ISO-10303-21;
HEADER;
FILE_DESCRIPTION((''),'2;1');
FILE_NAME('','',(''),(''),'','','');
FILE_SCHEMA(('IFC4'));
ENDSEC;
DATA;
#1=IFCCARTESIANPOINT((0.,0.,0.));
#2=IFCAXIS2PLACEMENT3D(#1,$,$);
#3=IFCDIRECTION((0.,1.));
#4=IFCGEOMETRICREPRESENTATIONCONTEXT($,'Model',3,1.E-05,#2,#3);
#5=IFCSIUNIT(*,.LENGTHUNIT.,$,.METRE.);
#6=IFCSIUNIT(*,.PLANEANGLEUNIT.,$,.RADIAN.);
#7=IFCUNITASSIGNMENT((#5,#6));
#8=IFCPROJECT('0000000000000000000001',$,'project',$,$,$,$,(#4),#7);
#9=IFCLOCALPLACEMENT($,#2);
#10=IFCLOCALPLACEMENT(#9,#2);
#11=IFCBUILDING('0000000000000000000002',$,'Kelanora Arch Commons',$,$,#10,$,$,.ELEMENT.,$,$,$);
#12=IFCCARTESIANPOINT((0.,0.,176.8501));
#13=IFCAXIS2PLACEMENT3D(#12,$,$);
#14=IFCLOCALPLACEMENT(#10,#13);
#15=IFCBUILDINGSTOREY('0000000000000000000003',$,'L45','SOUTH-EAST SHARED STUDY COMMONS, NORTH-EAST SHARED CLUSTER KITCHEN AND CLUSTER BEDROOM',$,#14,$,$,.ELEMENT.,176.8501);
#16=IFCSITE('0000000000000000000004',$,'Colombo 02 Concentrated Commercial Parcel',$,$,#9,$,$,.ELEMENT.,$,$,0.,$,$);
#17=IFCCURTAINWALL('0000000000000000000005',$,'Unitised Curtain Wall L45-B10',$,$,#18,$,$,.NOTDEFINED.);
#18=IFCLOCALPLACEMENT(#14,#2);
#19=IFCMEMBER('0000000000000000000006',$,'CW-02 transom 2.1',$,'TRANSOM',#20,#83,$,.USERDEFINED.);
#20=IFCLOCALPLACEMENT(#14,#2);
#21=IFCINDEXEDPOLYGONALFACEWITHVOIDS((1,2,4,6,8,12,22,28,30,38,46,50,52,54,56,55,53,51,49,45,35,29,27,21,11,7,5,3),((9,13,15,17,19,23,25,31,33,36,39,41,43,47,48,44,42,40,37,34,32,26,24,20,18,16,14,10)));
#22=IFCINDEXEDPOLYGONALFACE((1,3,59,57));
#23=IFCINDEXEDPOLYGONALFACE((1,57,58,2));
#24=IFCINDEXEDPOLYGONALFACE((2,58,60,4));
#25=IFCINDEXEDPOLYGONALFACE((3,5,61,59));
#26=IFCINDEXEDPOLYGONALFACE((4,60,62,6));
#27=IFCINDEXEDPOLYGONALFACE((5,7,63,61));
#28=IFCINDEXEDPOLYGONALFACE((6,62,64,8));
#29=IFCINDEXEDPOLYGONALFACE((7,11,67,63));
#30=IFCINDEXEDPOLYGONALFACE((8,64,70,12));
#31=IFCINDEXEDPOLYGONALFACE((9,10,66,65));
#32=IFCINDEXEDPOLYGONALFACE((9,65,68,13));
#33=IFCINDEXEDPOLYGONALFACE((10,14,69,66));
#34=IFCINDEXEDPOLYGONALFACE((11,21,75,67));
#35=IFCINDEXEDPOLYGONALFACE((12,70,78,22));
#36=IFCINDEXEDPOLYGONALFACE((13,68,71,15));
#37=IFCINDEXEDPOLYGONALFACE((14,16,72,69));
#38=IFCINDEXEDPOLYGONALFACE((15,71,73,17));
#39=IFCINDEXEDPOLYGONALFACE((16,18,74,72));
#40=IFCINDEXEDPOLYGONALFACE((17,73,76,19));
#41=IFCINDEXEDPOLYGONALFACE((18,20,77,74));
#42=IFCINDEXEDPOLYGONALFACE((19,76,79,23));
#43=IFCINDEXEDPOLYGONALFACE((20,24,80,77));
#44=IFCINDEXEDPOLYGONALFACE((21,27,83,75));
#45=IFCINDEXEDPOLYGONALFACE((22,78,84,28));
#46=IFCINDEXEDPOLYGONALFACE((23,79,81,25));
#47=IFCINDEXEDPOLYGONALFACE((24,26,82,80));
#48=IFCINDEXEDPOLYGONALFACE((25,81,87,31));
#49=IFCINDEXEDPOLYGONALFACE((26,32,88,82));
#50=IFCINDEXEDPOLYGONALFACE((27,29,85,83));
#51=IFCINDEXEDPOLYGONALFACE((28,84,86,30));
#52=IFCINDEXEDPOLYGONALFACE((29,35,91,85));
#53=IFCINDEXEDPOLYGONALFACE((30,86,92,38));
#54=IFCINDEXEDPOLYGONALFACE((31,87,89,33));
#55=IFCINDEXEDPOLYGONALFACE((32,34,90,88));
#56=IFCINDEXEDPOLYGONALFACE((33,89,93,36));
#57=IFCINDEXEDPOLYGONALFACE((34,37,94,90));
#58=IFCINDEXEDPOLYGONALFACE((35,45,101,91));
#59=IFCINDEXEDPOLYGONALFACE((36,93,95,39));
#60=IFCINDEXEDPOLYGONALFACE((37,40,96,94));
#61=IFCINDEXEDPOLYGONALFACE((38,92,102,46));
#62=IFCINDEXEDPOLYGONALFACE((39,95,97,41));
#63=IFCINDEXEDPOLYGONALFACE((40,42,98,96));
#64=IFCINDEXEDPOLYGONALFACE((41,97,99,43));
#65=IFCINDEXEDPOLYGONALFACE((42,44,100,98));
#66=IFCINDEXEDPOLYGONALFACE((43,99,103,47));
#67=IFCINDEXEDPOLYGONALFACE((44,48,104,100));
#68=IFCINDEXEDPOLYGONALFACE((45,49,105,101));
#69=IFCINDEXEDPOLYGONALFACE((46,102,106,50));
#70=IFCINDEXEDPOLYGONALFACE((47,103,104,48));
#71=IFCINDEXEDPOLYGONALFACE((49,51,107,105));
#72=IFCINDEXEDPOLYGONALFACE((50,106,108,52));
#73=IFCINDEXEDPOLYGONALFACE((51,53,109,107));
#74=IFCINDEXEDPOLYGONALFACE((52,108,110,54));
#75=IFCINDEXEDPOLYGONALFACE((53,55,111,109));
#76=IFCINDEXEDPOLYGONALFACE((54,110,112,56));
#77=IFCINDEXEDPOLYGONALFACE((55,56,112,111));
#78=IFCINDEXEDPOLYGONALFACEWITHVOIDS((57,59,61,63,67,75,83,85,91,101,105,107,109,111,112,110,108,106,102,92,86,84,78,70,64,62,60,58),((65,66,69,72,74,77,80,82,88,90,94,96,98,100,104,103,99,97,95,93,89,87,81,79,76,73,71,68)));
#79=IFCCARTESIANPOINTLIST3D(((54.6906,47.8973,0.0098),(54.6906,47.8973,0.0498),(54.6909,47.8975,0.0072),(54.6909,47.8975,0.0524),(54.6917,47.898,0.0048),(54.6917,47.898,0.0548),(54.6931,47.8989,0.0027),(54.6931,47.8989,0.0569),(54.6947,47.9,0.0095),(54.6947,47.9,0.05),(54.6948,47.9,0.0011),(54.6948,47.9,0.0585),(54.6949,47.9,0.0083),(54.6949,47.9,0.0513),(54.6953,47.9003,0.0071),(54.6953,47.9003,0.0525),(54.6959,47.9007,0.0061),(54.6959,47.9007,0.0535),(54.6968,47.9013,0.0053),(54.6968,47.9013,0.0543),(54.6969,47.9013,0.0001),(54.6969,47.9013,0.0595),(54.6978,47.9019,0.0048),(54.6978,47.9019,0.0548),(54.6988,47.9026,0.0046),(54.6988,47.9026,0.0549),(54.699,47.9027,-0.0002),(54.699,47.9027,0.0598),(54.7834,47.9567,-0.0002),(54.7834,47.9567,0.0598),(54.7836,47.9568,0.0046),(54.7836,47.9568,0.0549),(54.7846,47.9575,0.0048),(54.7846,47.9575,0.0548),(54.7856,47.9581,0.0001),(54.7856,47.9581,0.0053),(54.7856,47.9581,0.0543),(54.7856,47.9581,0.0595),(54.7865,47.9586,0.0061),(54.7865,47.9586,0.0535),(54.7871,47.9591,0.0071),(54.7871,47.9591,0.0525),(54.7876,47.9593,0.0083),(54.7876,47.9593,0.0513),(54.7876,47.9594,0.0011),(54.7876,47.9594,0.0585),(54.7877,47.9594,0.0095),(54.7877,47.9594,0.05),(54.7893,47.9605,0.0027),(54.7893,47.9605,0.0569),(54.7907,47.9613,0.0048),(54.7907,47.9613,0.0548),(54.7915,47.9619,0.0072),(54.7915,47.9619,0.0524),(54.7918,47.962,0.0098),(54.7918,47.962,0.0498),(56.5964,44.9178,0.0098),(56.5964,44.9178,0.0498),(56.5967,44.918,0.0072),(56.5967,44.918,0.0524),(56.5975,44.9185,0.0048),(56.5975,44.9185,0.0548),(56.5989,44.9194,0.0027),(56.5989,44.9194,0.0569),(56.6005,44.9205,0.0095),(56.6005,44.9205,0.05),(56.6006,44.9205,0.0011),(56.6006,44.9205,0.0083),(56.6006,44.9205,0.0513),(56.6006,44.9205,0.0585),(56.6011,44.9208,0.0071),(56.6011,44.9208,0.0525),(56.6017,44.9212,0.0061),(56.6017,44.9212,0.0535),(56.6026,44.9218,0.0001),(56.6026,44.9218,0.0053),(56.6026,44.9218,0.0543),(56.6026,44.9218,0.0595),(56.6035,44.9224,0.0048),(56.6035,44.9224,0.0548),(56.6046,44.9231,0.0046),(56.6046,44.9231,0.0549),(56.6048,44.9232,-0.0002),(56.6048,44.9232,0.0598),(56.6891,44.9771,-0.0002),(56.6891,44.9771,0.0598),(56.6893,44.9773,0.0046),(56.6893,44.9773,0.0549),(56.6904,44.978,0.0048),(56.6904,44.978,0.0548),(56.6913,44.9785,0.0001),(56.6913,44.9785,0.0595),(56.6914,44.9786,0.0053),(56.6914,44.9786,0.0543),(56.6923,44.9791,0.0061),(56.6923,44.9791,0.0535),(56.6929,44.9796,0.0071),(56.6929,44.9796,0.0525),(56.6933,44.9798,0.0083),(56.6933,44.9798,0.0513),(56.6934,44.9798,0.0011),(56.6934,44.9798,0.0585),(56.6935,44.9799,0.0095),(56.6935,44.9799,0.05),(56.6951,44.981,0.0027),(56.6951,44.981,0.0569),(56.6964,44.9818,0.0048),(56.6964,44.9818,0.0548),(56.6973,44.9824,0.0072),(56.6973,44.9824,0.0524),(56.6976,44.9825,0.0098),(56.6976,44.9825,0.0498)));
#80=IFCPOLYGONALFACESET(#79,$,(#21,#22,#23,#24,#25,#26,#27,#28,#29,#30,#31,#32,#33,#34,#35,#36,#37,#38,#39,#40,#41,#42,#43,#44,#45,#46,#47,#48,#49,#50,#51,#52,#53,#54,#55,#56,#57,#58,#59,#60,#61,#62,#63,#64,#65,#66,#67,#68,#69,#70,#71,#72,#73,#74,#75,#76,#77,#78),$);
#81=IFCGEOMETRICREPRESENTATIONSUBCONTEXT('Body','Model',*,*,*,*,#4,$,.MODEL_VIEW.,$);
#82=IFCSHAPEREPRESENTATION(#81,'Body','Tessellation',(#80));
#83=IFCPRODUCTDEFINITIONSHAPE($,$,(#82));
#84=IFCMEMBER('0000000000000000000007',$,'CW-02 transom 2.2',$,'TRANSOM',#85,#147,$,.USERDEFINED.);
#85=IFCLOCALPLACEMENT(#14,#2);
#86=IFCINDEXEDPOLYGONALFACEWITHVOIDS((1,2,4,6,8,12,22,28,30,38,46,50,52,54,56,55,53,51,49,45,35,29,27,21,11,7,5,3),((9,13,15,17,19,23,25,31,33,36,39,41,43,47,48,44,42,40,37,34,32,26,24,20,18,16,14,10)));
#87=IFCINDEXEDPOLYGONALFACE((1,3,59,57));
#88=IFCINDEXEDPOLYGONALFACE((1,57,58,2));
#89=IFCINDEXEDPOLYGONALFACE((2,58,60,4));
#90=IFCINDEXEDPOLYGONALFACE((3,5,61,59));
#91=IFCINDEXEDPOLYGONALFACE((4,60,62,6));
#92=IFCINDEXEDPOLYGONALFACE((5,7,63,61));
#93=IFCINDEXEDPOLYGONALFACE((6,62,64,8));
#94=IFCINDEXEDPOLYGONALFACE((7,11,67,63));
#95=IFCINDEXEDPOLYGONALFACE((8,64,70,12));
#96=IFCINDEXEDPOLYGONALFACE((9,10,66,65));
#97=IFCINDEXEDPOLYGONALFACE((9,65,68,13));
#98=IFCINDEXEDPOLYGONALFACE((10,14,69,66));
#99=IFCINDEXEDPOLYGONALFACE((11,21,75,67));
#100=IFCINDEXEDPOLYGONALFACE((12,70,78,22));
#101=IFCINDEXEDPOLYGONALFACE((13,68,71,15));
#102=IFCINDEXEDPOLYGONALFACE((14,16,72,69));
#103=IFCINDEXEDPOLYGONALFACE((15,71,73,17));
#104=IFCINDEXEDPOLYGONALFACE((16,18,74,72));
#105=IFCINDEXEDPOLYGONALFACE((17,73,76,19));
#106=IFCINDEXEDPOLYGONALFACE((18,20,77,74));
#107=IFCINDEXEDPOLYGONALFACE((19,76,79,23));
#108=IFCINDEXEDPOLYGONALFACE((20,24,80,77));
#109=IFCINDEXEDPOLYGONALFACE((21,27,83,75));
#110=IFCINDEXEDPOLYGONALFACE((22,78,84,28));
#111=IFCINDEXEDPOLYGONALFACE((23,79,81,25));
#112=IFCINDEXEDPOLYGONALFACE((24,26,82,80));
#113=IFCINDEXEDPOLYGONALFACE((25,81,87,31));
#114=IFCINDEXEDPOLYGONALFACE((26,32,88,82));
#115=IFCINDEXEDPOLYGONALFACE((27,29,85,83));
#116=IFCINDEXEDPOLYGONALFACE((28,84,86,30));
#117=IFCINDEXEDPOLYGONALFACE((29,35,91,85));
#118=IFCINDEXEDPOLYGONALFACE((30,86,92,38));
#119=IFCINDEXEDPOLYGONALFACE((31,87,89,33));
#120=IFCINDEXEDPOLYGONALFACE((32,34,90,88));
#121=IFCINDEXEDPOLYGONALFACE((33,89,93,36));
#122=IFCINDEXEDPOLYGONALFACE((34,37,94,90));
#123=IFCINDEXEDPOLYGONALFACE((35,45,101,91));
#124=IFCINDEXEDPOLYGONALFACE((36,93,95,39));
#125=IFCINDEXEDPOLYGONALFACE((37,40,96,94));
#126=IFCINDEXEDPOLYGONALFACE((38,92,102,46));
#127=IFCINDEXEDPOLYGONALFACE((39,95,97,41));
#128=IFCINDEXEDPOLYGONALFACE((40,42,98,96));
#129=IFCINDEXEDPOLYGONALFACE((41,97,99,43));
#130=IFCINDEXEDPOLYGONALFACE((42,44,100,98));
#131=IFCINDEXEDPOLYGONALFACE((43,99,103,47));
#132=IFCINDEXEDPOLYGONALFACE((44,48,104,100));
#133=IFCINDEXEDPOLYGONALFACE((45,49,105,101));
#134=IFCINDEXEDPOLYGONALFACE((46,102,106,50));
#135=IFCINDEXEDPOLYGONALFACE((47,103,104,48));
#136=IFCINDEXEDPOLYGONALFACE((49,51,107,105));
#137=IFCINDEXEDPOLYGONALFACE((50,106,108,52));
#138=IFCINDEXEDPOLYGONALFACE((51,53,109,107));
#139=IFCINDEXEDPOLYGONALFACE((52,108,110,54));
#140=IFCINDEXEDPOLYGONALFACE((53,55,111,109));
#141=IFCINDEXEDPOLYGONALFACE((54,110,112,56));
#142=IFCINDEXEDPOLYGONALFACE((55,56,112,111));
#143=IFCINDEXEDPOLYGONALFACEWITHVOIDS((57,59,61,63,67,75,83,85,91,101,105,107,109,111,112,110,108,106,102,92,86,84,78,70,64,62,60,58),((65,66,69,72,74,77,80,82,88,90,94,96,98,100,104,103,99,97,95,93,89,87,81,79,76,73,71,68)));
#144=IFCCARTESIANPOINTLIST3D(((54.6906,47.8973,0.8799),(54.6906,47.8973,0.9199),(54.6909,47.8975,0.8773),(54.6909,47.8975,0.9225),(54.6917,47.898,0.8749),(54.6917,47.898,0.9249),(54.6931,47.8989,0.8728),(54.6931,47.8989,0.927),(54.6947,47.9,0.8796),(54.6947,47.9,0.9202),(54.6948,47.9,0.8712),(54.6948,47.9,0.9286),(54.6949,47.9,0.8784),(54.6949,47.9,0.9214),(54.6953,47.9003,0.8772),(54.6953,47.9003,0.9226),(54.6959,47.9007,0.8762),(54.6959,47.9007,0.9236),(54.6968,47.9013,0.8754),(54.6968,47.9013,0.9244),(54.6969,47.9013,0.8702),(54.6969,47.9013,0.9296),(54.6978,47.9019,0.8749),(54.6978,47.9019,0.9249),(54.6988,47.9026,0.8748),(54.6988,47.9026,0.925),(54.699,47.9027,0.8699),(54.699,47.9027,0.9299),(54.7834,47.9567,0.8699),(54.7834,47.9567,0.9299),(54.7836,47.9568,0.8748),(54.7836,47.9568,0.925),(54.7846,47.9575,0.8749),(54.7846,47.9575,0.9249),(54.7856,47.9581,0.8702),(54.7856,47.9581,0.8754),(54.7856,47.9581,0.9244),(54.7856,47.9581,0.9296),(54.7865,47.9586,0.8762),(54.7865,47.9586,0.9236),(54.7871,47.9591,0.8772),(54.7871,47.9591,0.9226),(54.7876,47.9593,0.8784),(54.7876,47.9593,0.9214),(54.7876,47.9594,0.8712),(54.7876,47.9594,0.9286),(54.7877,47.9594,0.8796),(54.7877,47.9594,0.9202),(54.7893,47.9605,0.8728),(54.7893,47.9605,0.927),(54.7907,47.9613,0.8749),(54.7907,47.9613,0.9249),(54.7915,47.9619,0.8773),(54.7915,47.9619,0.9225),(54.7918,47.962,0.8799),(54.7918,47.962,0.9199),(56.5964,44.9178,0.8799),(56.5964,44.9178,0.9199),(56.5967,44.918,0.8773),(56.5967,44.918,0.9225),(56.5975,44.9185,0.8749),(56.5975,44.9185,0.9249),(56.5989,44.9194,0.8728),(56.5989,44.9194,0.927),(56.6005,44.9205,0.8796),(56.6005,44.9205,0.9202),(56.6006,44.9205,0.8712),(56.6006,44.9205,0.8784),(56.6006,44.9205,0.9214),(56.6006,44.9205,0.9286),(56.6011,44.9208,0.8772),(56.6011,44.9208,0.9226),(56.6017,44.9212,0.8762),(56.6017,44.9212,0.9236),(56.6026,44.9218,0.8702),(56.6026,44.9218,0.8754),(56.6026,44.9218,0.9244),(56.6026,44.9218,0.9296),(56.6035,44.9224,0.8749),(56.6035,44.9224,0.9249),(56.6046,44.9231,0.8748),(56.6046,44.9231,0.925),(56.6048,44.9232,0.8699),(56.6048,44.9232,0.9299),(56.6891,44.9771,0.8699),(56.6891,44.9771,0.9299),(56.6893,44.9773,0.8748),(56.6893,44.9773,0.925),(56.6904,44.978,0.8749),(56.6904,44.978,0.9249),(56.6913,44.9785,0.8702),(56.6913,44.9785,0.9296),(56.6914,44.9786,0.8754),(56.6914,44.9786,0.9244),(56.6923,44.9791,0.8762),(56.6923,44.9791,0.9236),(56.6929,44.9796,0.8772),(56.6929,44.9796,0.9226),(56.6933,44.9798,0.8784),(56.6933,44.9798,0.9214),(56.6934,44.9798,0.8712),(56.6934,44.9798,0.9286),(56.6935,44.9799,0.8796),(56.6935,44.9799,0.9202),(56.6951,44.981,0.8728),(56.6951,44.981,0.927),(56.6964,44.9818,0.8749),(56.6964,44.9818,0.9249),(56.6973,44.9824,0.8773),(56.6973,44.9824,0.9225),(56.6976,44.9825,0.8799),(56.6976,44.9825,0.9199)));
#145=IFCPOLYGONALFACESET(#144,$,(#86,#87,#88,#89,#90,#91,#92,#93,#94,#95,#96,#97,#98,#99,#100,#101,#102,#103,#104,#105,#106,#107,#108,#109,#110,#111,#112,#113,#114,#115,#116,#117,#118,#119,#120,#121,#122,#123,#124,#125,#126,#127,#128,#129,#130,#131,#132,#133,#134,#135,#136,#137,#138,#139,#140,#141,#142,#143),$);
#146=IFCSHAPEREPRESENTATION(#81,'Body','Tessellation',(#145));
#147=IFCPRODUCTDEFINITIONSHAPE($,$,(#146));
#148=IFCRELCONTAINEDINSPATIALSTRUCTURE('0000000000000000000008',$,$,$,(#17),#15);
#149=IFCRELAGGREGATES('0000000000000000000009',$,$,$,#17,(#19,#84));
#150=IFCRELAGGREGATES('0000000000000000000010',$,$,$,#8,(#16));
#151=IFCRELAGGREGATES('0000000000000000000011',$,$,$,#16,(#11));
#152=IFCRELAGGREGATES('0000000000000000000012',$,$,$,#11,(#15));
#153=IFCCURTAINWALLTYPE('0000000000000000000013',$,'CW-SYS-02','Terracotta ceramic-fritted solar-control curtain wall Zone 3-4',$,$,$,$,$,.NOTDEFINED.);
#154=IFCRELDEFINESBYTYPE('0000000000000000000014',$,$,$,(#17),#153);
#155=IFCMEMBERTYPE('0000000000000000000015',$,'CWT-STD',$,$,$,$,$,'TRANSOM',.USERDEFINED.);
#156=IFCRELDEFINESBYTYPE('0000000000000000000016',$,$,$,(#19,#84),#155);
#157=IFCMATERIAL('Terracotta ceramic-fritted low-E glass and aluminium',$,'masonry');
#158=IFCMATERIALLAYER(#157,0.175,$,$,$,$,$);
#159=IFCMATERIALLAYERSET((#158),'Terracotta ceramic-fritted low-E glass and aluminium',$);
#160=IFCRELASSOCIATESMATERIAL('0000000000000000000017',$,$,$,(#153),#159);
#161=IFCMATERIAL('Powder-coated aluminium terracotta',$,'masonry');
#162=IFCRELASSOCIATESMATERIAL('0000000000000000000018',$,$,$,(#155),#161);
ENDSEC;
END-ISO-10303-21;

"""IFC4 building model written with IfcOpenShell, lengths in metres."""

from ifc_helpers import new_model, si_unit, direction, frame, origin, origin_2d, place, context, subcontext, project, spatial, hollow_rectangle, extrude, material, layer, layer_set, material_profile, profile_set, type_object, element, aggregate, save


model = new_model("IFC4")

# Units and contexts
model_context = context("Model", 3, precision=1e-05, world=origin(), true_north=direction((0.0, 1.0)))
body_context = subcontext(model_context, "Body", "Model", "MODEL_VIEW")
ifc_project = project(units=[si_unit("LENGTHUNIT", "METRE"), si_unit("PLANEANGLEUNIT", "RADIAN")], contexts=[model_context])

# Site, building, storey
site_placement = place(None, origin())
site = spatial("IfcSite", under=ifc_project, at=site_placement, Name="Colombo 02 Concentrated Commercial Parcel", CompositionType="ELEMENT", RefElevation=0.0)
building_placement = place(site_placement, origin())
building = spatial("IfcBuilding", under=site, at=building_placement, Name="Kelanora Arch Commons", CompositionType="ELEMENT")
storey_placement = place(building_placement, frame((0.0, 0.0, 176.8501)))
storey = spatial("IfcBuildingStorey", under=building, at=storey_placement, Name="L45", Description="SOUTH-EAST SHARED STUDY COMMONS, NORTH-EAST SHARED CLUSTER KITCHEN AND CLUSTER BEDROOM", CompositionType="ELEMENT", Elevation=176.8501)

# Shared definitions
ifc_material_1 = material(Name="Terracotta ceramic-fritted low-E glass and aluminium", Category="masonry")
ifc_layer_1 = layer(ifc_material_1, 0.175)
ifc_layer_set_1 = layer_set([ifc_layer_1], Name="Terracotta ceramic-fritted low-E glass and aluminium")
curtain_wall_type = type_object("IfcCurtainWallType", Name="CW-SYS-02", Description="Terracotta ceramic-fritted solar-control curtain wall Zone 3-4", PredefinedType="NOTDEFINED", material=ifc_layer_set_1)
ifc_material_2 = material(Name="Powder-coated aluminium terracotta", Category="masonry")

# Curtain wall, members
curtain_wall_1_placement = place(storey_placement, origin())
curtain_wall_1 = element("IfcCurtainWall", 1, at=curtain_wall_1_placement, inside=storey, type_object=curtain_wall_type, Name="Unitised Curtain Wall L45-B10", PredefinedType="NOTDEFINED")
ifc_material_profile_1 = material_profile(ifc_material_2, hollow_rectangle(XDim=0.1201, YDim=0.0601, WallThickness=0.0049, InnerFilletRadius=0.0049, OuterFilletRadius=0.01, at=origin_2d()), Name="CWT120x60")
ifc_profile_set_1 = profile_set([ifc_material_profile_1], Name="Powder-coated aluminium terracotta")
member_type_1 = type_object("IfcMemberType", Name="CWT-STD", ElementType="TRANSOM", PredefinedType="USERDEFINED", material=ifc_profile_set_1)
member_1_placement = place(storey_placement, frame((54.7412, 47.9297, 0.0298), z_axis=(0.53883, -0.842414, 0.0), x_axis=(0.842414, 0.53883, 0.0)))
member_1 = element("IfcMember", 2, at=member_1_placement, type_object=member_type_1, Name="CW-02 transom 2.1", ObjectType="TRANSOM", PredefinedType="USERDEFINED", context=body_context, shape_type="SweptSolid", body=[
    extrude(hollow_rectangle(XDim=0.1201, YDim=0.0601, WallThickness=0.0049, InnerFilletRadius=0.0049, OuterFilletRadius=0.01, at=origin_2d()), origin(), (0.0, 0.0, 1.0), 3.5369),
])
member_2_placement = place(storey_placement, frame((54.7412, 47.9297, 0.8999), z_axis=(0.53883, -0.842414, 0.0), x_axis=(0.842414, 0.53883, 0.0)))
member_2 = element("IfcMember", 3, at=member_2_placement, type_object=member_type_1, Name="CW-02 transom 2.2", ObjectType="TRANSOM", PredefinedType="USERDEFINED", context=body_context, shape_type="SweptSolid", body=[
    extrude(hollow_rectangle(XDim=0.1201, YDim=0.0601, WallThickness=0.0049, InnerFilletRadius=0.0049, OuterFilletRadius=0.01, at=origin_2d()), origin(), (0.0, 0.0, 1.0), 3.5369),
])

aggregate(curtain_wall_1, [member_1, member_2])

save(model, "model.ifc")
